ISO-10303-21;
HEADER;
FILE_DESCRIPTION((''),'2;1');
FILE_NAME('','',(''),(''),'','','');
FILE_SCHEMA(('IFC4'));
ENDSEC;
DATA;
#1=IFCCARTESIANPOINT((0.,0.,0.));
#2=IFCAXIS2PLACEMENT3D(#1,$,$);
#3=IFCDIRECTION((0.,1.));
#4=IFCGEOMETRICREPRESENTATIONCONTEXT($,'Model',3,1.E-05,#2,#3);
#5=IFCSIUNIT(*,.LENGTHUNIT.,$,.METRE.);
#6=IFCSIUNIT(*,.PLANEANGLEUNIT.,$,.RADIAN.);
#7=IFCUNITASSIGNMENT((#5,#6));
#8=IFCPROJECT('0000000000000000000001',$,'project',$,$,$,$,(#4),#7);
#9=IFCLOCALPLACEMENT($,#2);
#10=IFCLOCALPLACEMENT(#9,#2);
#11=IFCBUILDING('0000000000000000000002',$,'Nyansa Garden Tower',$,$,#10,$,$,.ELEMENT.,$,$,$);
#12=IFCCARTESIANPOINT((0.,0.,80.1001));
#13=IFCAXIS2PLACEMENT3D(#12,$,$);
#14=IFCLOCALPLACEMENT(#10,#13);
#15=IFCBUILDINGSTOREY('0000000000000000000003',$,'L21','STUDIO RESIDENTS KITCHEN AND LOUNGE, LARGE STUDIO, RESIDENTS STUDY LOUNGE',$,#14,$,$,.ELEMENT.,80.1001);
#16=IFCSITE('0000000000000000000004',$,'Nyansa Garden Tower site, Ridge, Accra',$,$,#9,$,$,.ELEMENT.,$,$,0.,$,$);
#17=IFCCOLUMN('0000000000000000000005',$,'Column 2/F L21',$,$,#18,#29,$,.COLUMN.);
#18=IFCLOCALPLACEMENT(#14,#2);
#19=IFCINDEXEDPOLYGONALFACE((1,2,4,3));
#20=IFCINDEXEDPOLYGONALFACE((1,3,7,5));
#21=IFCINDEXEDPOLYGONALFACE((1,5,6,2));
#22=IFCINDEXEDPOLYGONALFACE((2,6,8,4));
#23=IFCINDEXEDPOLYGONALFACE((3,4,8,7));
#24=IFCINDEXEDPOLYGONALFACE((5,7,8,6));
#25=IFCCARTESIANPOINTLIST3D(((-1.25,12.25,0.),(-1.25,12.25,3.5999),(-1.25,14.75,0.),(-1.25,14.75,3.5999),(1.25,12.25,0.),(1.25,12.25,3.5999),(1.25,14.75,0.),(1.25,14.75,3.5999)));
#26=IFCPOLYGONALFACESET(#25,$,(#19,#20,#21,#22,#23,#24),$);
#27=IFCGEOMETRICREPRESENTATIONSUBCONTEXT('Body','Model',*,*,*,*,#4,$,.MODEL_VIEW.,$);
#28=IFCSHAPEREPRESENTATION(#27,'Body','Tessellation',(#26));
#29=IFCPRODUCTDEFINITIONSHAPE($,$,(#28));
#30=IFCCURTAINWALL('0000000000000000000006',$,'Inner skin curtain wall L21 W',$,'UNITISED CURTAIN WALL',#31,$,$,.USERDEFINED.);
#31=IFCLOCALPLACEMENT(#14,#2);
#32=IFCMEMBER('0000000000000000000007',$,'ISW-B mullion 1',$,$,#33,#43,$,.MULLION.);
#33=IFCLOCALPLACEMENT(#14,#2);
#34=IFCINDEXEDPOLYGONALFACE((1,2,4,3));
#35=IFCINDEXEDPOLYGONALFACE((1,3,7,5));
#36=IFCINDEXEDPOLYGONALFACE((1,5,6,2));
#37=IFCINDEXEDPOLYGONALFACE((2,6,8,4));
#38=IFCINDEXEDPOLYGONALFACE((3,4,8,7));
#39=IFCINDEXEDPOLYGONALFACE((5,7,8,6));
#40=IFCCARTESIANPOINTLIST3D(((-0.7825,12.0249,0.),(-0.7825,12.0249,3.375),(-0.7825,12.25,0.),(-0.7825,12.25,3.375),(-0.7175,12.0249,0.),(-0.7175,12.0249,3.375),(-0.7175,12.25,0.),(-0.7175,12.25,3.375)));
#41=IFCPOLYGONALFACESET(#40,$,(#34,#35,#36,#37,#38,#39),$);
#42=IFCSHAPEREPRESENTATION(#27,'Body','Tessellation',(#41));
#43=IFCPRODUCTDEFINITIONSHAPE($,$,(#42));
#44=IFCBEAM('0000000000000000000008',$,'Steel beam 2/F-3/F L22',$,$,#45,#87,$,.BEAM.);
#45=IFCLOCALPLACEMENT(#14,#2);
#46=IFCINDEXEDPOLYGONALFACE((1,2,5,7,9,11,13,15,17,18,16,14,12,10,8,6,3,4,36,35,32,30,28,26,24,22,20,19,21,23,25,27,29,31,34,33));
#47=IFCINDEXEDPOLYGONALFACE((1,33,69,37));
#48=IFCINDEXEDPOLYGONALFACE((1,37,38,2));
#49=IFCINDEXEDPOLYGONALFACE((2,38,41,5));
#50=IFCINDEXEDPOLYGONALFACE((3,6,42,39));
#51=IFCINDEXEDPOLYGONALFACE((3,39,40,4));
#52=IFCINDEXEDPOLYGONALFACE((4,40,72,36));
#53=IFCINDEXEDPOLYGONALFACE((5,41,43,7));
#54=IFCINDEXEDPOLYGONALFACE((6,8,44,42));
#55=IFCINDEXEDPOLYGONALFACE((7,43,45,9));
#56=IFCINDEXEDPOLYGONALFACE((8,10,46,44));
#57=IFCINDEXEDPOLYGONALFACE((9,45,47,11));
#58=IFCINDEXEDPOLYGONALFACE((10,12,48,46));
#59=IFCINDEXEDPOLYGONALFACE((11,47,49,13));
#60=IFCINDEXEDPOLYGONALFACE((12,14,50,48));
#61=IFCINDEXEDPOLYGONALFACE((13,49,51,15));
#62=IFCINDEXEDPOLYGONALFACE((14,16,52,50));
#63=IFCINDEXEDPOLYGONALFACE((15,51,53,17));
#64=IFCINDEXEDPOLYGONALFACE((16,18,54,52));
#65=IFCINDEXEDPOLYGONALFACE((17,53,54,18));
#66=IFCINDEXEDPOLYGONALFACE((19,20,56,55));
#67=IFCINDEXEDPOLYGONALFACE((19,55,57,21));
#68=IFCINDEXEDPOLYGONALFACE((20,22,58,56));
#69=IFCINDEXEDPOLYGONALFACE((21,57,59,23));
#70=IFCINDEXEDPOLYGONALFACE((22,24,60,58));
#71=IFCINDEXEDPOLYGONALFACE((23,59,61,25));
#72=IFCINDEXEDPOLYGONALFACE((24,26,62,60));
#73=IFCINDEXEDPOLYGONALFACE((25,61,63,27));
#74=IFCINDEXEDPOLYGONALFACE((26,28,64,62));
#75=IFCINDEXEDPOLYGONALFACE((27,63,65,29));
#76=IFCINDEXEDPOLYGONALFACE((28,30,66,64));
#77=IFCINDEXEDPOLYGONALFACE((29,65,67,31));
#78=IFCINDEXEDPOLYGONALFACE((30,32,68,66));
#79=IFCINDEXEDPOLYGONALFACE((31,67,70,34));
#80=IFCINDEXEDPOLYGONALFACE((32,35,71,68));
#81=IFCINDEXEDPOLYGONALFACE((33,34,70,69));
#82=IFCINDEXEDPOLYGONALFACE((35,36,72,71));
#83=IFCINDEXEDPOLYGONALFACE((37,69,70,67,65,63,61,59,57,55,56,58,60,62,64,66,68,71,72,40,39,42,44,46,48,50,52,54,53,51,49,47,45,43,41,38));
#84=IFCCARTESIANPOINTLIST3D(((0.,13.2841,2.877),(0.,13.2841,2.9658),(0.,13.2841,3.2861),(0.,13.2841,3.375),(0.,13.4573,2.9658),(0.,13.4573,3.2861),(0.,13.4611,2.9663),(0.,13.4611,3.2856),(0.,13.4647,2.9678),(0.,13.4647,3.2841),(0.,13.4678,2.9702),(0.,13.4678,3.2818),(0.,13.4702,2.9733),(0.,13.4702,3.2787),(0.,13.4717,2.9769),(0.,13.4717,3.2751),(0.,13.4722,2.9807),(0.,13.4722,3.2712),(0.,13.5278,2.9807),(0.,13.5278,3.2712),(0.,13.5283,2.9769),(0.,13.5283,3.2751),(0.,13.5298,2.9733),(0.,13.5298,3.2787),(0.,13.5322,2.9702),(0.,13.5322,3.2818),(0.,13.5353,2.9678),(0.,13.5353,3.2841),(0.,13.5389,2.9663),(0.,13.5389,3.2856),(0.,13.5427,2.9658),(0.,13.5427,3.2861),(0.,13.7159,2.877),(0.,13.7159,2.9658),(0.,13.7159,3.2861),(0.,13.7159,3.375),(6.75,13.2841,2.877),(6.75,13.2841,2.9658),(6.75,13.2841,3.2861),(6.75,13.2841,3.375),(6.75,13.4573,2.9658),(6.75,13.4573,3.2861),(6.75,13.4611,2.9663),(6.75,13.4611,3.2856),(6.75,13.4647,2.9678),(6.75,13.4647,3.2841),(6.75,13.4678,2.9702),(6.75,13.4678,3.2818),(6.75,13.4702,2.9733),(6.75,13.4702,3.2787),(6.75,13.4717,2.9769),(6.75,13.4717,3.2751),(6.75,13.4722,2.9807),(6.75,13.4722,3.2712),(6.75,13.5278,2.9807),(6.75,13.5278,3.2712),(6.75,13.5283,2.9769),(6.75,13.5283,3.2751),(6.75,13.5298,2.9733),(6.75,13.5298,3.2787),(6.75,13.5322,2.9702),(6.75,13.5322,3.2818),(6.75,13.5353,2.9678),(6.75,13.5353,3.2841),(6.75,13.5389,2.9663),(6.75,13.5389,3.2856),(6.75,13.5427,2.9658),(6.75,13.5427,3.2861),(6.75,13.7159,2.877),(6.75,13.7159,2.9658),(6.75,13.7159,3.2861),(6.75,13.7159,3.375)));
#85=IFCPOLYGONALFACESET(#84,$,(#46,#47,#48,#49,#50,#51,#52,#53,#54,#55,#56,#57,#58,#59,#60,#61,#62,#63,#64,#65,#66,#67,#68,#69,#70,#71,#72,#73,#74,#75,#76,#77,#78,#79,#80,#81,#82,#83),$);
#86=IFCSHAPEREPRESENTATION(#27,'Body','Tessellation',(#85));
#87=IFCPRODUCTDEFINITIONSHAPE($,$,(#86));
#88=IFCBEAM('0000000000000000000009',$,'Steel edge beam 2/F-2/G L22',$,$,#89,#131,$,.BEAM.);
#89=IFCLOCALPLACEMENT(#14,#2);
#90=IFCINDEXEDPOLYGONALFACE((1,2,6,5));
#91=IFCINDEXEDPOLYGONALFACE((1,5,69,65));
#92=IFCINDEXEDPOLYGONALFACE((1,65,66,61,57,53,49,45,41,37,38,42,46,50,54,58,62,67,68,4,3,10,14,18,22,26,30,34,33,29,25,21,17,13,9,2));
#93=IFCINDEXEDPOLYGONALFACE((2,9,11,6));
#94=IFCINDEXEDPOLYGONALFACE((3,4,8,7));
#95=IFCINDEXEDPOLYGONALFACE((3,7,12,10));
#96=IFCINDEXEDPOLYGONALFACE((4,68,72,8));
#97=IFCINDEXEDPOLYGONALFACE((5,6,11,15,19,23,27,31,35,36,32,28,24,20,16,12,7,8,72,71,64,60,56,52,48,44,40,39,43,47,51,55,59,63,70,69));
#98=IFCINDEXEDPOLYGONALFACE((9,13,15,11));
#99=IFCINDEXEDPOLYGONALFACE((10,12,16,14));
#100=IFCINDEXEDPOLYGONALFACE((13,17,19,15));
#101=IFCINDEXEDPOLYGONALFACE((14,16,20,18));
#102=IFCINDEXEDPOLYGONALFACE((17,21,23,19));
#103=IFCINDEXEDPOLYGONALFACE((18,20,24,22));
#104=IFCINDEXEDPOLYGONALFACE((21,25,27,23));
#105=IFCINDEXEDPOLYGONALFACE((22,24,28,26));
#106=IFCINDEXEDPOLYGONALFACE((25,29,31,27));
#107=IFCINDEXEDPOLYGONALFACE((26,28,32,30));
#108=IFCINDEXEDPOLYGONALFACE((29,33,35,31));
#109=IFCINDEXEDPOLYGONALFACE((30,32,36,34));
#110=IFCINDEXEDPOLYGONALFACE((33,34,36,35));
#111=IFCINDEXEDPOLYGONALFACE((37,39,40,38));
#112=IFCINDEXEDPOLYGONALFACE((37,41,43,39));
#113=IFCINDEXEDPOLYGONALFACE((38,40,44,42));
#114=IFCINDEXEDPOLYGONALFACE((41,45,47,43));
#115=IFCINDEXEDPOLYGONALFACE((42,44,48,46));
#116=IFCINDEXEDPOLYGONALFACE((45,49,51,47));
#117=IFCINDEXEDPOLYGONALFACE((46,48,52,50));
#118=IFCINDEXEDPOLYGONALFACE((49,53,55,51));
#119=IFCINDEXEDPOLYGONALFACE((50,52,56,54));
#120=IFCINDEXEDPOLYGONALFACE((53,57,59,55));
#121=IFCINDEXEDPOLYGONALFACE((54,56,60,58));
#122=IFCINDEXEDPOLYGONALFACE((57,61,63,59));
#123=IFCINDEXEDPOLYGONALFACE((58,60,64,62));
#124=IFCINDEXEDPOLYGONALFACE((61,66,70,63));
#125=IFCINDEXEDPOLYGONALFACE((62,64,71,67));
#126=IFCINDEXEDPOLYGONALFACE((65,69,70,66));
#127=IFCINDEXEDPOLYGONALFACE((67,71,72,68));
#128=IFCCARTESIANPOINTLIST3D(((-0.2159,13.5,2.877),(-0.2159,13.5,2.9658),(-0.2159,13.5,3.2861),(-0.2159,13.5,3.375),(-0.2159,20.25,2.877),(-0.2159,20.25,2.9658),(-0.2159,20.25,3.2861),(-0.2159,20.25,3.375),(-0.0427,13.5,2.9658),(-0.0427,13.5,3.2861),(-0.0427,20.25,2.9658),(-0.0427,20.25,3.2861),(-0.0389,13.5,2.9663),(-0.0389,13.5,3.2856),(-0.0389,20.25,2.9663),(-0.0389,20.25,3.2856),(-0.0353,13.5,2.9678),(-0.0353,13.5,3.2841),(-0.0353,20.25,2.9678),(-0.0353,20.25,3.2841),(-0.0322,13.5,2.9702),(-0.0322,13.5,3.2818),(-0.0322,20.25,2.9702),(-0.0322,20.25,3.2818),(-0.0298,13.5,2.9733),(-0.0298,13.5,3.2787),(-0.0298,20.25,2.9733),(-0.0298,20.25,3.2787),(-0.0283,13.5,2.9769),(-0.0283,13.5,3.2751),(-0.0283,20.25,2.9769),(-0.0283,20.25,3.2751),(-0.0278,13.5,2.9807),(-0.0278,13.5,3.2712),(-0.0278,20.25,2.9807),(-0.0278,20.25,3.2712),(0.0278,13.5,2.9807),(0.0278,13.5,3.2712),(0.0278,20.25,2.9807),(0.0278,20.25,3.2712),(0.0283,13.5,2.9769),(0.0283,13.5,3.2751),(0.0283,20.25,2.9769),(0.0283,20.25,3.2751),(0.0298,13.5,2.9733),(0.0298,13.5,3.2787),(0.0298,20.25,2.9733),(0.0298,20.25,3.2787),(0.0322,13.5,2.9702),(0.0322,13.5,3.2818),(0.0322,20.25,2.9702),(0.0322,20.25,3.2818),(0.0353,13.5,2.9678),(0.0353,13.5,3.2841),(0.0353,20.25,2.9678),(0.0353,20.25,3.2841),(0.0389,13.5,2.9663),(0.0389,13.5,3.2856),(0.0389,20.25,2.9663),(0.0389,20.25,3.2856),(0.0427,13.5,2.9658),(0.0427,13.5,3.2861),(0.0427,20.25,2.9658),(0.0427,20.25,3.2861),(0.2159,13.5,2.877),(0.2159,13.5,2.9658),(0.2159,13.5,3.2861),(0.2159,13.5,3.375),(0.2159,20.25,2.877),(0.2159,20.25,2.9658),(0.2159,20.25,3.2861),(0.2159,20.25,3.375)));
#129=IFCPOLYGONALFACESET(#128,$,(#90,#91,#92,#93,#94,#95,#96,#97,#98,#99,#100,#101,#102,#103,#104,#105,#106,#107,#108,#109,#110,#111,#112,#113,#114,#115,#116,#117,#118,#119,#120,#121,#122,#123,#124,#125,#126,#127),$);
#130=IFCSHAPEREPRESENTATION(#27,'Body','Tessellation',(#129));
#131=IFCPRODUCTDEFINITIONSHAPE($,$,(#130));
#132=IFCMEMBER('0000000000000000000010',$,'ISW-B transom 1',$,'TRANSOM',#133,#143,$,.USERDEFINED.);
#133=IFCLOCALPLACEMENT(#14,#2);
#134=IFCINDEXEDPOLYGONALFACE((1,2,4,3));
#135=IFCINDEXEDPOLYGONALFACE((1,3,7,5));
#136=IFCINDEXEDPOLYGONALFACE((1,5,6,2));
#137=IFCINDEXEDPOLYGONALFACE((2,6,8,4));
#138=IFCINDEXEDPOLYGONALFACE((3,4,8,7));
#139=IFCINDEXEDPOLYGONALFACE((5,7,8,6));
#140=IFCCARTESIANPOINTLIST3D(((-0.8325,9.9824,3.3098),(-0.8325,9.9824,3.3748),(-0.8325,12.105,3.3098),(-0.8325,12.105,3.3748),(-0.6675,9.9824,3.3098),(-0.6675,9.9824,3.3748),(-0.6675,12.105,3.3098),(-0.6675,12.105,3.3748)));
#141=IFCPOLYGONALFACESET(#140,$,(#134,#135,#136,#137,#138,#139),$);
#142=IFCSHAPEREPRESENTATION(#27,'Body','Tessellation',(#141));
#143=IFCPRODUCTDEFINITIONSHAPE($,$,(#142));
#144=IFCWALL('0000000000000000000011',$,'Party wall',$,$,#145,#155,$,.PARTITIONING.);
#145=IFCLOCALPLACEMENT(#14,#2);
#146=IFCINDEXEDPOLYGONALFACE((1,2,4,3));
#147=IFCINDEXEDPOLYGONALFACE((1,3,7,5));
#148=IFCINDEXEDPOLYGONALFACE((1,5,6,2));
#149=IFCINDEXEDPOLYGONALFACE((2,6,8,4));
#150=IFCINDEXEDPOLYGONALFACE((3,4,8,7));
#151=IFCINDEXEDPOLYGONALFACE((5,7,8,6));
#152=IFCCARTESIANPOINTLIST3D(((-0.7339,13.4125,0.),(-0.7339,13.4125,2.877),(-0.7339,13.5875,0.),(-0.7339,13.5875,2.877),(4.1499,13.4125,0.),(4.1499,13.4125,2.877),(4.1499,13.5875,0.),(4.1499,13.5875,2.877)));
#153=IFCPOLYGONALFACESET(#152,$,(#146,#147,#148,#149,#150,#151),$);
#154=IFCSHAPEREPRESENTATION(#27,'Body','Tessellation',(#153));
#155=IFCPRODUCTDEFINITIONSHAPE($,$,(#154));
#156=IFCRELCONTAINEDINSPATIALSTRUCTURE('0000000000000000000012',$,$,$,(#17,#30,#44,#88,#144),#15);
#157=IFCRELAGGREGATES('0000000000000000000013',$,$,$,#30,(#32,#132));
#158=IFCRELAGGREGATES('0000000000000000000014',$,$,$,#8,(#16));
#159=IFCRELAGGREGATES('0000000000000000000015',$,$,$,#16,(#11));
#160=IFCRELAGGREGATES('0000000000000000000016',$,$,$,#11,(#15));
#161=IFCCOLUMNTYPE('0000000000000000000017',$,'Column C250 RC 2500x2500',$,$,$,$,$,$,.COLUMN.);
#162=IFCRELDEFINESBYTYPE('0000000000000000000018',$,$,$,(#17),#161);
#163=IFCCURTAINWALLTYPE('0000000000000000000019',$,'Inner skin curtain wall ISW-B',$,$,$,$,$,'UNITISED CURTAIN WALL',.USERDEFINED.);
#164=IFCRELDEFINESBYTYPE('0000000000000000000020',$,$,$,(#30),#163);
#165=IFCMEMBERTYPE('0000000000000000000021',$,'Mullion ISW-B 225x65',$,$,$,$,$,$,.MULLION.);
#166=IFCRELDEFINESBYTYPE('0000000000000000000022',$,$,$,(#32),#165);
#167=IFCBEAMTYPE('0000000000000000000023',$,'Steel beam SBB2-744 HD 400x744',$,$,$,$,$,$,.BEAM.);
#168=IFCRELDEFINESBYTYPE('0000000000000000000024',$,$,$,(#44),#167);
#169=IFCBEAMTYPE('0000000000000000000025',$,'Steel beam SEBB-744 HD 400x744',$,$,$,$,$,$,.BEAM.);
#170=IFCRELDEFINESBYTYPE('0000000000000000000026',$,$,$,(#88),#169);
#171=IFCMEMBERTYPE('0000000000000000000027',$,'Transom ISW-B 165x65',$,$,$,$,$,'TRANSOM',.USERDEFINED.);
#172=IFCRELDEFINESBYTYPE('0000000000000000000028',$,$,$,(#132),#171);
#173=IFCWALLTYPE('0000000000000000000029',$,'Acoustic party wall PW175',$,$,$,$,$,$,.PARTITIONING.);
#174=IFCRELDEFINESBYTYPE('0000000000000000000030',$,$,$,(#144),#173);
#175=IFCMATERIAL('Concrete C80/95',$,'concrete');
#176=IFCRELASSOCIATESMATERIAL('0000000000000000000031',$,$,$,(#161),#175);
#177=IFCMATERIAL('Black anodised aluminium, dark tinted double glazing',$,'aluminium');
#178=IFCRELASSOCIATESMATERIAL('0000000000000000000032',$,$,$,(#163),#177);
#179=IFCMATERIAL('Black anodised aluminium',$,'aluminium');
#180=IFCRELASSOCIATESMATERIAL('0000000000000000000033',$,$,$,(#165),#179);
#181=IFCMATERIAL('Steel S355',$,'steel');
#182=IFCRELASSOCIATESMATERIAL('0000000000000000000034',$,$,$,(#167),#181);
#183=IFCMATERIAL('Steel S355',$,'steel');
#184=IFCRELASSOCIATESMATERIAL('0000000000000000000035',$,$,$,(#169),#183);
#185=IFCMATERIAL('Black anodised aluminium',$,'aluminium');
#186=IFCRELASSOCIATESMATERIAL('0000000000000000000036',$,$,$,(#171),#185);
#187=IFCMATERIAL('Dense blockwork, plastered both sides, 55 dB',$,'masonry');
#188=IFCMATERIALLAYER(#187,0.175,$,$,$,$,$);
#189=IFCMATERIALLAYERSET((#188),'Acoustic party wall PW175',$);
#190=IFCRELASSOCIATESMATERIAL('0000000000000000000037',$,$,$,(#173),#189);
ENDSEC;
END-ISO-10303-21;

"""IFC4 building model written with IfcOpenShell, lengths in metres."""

from ifc_helpers import new_model, si_unit, direction, frame, frame_2d, origin, origin_2d, place, context, subcontext, project, spatial, rectangle, i_section, extrude, material, layer, layer_set, material_profile, profile_set, type_object, element, aggregate, save


model = new_model("IFC4")

# Units and contexts
model_context = context("Model", 3, precision=1e-05, world=origin(), true_north=direction((0.0, 1.0)))
body_context = subcontext(model_context, "Body", "Model", "MODEL_VIEW")
ifc_project = project(units=[si_unit("LENGTHUNIT", "METRE"), si_unit("PLANEANGLEUNIT", "RADIAN")], contexts=[model_context])

# Site, building, storey
site_placement = place(None, origin())
site = spatial("IfcSite", under=ifc_project, at=site_placement, Name="Nyansa Garden Tower site, Ridge, Accra", CompositionType="ELEMENT", RefElevation=0.0)
building_placement = place(site_placement, origin())
building = spatial("IfcBuilding", under=site, at=building_placement, Name="Nyansa Garden Tower", CompositionType="ELEMENT")
storey_placement = place(building_placement, frame((0.0, 0.0, 80.1001)))
storey = spatial("IfcBuildingStorey", under=building, at=storey_placement, Name="L21", Description="STUDIO RESIDENTS KITCHEN AND LOUNGE, LARGE STUDIO, RESIDENTS STUDY LOUNGE", CompositionType="ELEMENT", Elevation=80.1001)

# Column
ifc_material_1 = material(Name="Concrete C80/95", Category="concrete")
ifc_material_profile_1 = material_profile(ifc_material_1, rectangle(XDim=2.5, YDim=2.5, at=origin_2d()), Name="RC 2500x2500")
ifc_profile_set_1 = profile_set([ifc_material_profile_1], Name="Concrete C80/95")
column_type = type_object("IfcColumnType", Name="Column C250 RC 2500x2500", PredefinedType="COLUMN", material=ifc_profile_set_1)
column_placement = place(storey_placement, frame((0.0, 13.5, 0.0), z_axis=(0.0, 0.0, 1.0), x_axis=(1.0, 0.0, 0.0)))
element("IfcColumn", 1, at=column_placement, inside=storey, type_object=column_type, Name="Column 2/F L21", PredefinedType="COLUMN", context=body_context, shape_type="SweptSolid", body=[
    extrude(rectangle(XDim=2.5, YDim=2.5, at=origin_2d()), origin(), (0.0, 0.0, 1.0), 3.5999),
])

# Curtain wall, member
ifc_material_2 = material(Name="Black anodised aluminium, dark tinted double glazing", Category="aluminium")
curtain_wall_type = type_object("IfcCurtainWallType", Name="Inner skin curtain wall ISW-B", ElementType="UNITISED CURTAIN WALL", PredefinedType="USERDEFINED", material=ifc_material_2)
curtain_wall_placement = place(storey_placement, origin())
curtain_wall = element("IfcCurtainWall", 2, at=curtain_wall_placement, inside=storey, type_object=curtain_wall_type, Name="Inner skin curtain wall L21 W", ObjectType="UNITISED CURTAIN WALL", PredefinedType="USERDEFINED")
ifc_material_3 = material(Name="Black anodised aluminium", Category="aluminium")
ifc_material_profile_2 = material_profile(ifc_material_3, rectangle(XDim=0.0649, YDim=0.2251, at=origin_2d()), Name="Mullion 225x65")
ifc_profile_set_2 = profile_set([ifc_material_profile_2], Name="Black anodised aluminium")
member_type_1 = type_object("IfcMemberType", Name="Mullion ISW-B 225x65", PredefinedType="MULLION", material=ifc_profile_set_2)
member_1_placement = place(storey_placement, frame((-0.75, 12.1375, 0.0), z_axis=(0.0, 0.0, 1.0), x_axis=(1.0, 0.0, 0.0)))
member_1 = element("IfcMember", 3, at=member_1_placement, type_object=member_type_1, Name="ISW-B mullion 1", PredefinedType="MULLION", context=body_context, shape_type="SweptSolid", body=[
    extrude(rectangle(XDim=0.0649, YDim=0.2251, at=origin_2d()), origin(), (0.0, 0.0, 1.0), 3.375),
])

# Beams
ifc_material_4 = material(Name="Steel S355", Category="steel")
ifc_material_profile_3 = material_profile(ifc_material_4, i_section(OverallWidth=0.4319, OverallDepth=0.498, WebThickness=0.0557, FlangeThickness=0.0889, FilletRadius=0.0149, at=origin_2d()), Name="HD 400x744")
ifc_profile_set_3 = profile_set([ifc_material_profile_3], Name="Steel S355")
beam_type_1 = type_object("IfcBeamType", Name="Steel beam SBB2-744 HD 400x744", PredefinedType="BEAM", material=ifc_profile_set_3)
beam_1_placement = place(storey_placement, frame((0.0, 13.5, 3.126), z_axis=(1.0, 0.0, 0.0), x_axis=(0.0, 1.0, 0.0)))
element("IfcBeam", 4, at=beam_1_placement, inside=storey, type_object=beam_type_1, Name="Steel beam 2/F-3/F L22", PredefinedType="BEAM", context=body_context, shape_type="SweptSolid", body=[
    extrude(i_section(OverallWidth=0.4319, OverallDepth=0.498, WebThickness=0.0557, FlangeThickness=0.0889, FilletRadius=0.0149, at=origin_2d()), origin(), (0.0, 0.0, 1.0), 6.75),
])
ifc_material_5 = material(Name="Steel S355", Category="steel")
ifc_material_profile_4 = material_profile(ifc_material_5, i_section(OverallWidth=0.4319, OverallDepth=0.498, WebThickness=0.0557, FlangeThickness=0.0889, FilletRadius=0.0149, at=origin_2d()), Name="HD 400x744")
ifc_profile_set_4 = profile_set([ifc_material_profile_4], Name="Steel S355")
beam_type_2 = type_object("IfcBeamType", Name="Steel beam SEBB-744 HD 400x744", PredefinedType="BEAM", material=ifc_profile_set_4)
beam_2_placement = place(storey_placement, frame((0.0, 13.5, 3.126), z_axis=(0.0, 1.0, 0.0), x_axis=(-1.0, 0.0, 0.0)))
element("IfcBeam", 5, at=beam_2_placement, inside=storey, type_object=beam_type_2, Name="Steel edge beam 2/F-2/G L22", PredefinedType="BEAM", context=body_context, shape_type="SweptSolid", body=[
    extrude(i_section(OverallWidth=0.4319, OverallDepth=0.498, WebThickness=0.0557, FlangeThickness=0.0889, FilletRadius=0.0149, at=origin_2d()), origin(), (0.0, 0.0, 1.0), 6.75),
])

# Member
ifc_material_6 = material(Name="Black anodised aluminium", Category="aluminium")
ifc_material_profile_5 = material_profile(ifc_material_6, rectangle(XDim=0.165, YDim=0.0649, at=origin_2d()), Name="Transom 165x65")
ifc_profile_set_5 = profile_set([ifc_material_profile_5], Name="Black anodised aluminium")
member_type_2 = type_object("IfcMemberType", Name="Transom ISW-B 165x65", ElementType="TRANSOM", PredefinedType="USERDEFINED", material=ifc_profile_set_5)
member_2_placement = place(storey_placement, frame((-0.75, 12.105, 3.3423), z_axis=(0.0, -1.0, 0.0), x_axis=(1.0, 0.0, 0.0)))
member_2 = element("IfcMember", 6, at=member_2_placement, type_object=member_type_2, Name="ISW-B transom 1", ObjectType="TRANSOM", PredefinedType="USERDEFINED", context=body_context, shape_type="SweptSolid", body=[
    extrude(rectangle(XDim=0.165, YDim=0.0649, at=origin_2d()), origin(), (0.0, 0.0, 1.0), 2.1226),
])
aggregate(curtain_wall, [member_1, member_2])

# Wall
ifc_material_7 = material(Name="Dense blockwork, plastered both sides, 55 dB", Category="masonry")
ifc_layer_1 = layer(ifc_material_7, 0.175)
ifc_layer_set_1 = layer_set([ifc_layer_1], Name="Acoustic party wall PW175")
wall_type_1 = type_object("IfcWallType", Name="Acoustic party wall PW175", PredefinedType="PARTITIONING", material=ifc_layer_set_1)
wall_1_placement = place(storey_placement, frame((-0.7339, 13.5, 0.0), z_axis=(0.0, 0.0, 1.0), x_axis=(1.0, 0.0, 0.0)))
element("IfcWall", 7, at=wall_1_placement, inside=storey, type_object=wall_type_1, Name="Party wall", PredefinedType="PARTITIONING", context=body_context, shape_type="SweptSolid", body=[
    extrude(rectangle(XDim=4.8838, YDim=0.175, at=frame_2d((2.4419, 0.0))), origin(), (0.0, 0.0, 1.0), 2.877),
])

save(model, "model.ifc")
